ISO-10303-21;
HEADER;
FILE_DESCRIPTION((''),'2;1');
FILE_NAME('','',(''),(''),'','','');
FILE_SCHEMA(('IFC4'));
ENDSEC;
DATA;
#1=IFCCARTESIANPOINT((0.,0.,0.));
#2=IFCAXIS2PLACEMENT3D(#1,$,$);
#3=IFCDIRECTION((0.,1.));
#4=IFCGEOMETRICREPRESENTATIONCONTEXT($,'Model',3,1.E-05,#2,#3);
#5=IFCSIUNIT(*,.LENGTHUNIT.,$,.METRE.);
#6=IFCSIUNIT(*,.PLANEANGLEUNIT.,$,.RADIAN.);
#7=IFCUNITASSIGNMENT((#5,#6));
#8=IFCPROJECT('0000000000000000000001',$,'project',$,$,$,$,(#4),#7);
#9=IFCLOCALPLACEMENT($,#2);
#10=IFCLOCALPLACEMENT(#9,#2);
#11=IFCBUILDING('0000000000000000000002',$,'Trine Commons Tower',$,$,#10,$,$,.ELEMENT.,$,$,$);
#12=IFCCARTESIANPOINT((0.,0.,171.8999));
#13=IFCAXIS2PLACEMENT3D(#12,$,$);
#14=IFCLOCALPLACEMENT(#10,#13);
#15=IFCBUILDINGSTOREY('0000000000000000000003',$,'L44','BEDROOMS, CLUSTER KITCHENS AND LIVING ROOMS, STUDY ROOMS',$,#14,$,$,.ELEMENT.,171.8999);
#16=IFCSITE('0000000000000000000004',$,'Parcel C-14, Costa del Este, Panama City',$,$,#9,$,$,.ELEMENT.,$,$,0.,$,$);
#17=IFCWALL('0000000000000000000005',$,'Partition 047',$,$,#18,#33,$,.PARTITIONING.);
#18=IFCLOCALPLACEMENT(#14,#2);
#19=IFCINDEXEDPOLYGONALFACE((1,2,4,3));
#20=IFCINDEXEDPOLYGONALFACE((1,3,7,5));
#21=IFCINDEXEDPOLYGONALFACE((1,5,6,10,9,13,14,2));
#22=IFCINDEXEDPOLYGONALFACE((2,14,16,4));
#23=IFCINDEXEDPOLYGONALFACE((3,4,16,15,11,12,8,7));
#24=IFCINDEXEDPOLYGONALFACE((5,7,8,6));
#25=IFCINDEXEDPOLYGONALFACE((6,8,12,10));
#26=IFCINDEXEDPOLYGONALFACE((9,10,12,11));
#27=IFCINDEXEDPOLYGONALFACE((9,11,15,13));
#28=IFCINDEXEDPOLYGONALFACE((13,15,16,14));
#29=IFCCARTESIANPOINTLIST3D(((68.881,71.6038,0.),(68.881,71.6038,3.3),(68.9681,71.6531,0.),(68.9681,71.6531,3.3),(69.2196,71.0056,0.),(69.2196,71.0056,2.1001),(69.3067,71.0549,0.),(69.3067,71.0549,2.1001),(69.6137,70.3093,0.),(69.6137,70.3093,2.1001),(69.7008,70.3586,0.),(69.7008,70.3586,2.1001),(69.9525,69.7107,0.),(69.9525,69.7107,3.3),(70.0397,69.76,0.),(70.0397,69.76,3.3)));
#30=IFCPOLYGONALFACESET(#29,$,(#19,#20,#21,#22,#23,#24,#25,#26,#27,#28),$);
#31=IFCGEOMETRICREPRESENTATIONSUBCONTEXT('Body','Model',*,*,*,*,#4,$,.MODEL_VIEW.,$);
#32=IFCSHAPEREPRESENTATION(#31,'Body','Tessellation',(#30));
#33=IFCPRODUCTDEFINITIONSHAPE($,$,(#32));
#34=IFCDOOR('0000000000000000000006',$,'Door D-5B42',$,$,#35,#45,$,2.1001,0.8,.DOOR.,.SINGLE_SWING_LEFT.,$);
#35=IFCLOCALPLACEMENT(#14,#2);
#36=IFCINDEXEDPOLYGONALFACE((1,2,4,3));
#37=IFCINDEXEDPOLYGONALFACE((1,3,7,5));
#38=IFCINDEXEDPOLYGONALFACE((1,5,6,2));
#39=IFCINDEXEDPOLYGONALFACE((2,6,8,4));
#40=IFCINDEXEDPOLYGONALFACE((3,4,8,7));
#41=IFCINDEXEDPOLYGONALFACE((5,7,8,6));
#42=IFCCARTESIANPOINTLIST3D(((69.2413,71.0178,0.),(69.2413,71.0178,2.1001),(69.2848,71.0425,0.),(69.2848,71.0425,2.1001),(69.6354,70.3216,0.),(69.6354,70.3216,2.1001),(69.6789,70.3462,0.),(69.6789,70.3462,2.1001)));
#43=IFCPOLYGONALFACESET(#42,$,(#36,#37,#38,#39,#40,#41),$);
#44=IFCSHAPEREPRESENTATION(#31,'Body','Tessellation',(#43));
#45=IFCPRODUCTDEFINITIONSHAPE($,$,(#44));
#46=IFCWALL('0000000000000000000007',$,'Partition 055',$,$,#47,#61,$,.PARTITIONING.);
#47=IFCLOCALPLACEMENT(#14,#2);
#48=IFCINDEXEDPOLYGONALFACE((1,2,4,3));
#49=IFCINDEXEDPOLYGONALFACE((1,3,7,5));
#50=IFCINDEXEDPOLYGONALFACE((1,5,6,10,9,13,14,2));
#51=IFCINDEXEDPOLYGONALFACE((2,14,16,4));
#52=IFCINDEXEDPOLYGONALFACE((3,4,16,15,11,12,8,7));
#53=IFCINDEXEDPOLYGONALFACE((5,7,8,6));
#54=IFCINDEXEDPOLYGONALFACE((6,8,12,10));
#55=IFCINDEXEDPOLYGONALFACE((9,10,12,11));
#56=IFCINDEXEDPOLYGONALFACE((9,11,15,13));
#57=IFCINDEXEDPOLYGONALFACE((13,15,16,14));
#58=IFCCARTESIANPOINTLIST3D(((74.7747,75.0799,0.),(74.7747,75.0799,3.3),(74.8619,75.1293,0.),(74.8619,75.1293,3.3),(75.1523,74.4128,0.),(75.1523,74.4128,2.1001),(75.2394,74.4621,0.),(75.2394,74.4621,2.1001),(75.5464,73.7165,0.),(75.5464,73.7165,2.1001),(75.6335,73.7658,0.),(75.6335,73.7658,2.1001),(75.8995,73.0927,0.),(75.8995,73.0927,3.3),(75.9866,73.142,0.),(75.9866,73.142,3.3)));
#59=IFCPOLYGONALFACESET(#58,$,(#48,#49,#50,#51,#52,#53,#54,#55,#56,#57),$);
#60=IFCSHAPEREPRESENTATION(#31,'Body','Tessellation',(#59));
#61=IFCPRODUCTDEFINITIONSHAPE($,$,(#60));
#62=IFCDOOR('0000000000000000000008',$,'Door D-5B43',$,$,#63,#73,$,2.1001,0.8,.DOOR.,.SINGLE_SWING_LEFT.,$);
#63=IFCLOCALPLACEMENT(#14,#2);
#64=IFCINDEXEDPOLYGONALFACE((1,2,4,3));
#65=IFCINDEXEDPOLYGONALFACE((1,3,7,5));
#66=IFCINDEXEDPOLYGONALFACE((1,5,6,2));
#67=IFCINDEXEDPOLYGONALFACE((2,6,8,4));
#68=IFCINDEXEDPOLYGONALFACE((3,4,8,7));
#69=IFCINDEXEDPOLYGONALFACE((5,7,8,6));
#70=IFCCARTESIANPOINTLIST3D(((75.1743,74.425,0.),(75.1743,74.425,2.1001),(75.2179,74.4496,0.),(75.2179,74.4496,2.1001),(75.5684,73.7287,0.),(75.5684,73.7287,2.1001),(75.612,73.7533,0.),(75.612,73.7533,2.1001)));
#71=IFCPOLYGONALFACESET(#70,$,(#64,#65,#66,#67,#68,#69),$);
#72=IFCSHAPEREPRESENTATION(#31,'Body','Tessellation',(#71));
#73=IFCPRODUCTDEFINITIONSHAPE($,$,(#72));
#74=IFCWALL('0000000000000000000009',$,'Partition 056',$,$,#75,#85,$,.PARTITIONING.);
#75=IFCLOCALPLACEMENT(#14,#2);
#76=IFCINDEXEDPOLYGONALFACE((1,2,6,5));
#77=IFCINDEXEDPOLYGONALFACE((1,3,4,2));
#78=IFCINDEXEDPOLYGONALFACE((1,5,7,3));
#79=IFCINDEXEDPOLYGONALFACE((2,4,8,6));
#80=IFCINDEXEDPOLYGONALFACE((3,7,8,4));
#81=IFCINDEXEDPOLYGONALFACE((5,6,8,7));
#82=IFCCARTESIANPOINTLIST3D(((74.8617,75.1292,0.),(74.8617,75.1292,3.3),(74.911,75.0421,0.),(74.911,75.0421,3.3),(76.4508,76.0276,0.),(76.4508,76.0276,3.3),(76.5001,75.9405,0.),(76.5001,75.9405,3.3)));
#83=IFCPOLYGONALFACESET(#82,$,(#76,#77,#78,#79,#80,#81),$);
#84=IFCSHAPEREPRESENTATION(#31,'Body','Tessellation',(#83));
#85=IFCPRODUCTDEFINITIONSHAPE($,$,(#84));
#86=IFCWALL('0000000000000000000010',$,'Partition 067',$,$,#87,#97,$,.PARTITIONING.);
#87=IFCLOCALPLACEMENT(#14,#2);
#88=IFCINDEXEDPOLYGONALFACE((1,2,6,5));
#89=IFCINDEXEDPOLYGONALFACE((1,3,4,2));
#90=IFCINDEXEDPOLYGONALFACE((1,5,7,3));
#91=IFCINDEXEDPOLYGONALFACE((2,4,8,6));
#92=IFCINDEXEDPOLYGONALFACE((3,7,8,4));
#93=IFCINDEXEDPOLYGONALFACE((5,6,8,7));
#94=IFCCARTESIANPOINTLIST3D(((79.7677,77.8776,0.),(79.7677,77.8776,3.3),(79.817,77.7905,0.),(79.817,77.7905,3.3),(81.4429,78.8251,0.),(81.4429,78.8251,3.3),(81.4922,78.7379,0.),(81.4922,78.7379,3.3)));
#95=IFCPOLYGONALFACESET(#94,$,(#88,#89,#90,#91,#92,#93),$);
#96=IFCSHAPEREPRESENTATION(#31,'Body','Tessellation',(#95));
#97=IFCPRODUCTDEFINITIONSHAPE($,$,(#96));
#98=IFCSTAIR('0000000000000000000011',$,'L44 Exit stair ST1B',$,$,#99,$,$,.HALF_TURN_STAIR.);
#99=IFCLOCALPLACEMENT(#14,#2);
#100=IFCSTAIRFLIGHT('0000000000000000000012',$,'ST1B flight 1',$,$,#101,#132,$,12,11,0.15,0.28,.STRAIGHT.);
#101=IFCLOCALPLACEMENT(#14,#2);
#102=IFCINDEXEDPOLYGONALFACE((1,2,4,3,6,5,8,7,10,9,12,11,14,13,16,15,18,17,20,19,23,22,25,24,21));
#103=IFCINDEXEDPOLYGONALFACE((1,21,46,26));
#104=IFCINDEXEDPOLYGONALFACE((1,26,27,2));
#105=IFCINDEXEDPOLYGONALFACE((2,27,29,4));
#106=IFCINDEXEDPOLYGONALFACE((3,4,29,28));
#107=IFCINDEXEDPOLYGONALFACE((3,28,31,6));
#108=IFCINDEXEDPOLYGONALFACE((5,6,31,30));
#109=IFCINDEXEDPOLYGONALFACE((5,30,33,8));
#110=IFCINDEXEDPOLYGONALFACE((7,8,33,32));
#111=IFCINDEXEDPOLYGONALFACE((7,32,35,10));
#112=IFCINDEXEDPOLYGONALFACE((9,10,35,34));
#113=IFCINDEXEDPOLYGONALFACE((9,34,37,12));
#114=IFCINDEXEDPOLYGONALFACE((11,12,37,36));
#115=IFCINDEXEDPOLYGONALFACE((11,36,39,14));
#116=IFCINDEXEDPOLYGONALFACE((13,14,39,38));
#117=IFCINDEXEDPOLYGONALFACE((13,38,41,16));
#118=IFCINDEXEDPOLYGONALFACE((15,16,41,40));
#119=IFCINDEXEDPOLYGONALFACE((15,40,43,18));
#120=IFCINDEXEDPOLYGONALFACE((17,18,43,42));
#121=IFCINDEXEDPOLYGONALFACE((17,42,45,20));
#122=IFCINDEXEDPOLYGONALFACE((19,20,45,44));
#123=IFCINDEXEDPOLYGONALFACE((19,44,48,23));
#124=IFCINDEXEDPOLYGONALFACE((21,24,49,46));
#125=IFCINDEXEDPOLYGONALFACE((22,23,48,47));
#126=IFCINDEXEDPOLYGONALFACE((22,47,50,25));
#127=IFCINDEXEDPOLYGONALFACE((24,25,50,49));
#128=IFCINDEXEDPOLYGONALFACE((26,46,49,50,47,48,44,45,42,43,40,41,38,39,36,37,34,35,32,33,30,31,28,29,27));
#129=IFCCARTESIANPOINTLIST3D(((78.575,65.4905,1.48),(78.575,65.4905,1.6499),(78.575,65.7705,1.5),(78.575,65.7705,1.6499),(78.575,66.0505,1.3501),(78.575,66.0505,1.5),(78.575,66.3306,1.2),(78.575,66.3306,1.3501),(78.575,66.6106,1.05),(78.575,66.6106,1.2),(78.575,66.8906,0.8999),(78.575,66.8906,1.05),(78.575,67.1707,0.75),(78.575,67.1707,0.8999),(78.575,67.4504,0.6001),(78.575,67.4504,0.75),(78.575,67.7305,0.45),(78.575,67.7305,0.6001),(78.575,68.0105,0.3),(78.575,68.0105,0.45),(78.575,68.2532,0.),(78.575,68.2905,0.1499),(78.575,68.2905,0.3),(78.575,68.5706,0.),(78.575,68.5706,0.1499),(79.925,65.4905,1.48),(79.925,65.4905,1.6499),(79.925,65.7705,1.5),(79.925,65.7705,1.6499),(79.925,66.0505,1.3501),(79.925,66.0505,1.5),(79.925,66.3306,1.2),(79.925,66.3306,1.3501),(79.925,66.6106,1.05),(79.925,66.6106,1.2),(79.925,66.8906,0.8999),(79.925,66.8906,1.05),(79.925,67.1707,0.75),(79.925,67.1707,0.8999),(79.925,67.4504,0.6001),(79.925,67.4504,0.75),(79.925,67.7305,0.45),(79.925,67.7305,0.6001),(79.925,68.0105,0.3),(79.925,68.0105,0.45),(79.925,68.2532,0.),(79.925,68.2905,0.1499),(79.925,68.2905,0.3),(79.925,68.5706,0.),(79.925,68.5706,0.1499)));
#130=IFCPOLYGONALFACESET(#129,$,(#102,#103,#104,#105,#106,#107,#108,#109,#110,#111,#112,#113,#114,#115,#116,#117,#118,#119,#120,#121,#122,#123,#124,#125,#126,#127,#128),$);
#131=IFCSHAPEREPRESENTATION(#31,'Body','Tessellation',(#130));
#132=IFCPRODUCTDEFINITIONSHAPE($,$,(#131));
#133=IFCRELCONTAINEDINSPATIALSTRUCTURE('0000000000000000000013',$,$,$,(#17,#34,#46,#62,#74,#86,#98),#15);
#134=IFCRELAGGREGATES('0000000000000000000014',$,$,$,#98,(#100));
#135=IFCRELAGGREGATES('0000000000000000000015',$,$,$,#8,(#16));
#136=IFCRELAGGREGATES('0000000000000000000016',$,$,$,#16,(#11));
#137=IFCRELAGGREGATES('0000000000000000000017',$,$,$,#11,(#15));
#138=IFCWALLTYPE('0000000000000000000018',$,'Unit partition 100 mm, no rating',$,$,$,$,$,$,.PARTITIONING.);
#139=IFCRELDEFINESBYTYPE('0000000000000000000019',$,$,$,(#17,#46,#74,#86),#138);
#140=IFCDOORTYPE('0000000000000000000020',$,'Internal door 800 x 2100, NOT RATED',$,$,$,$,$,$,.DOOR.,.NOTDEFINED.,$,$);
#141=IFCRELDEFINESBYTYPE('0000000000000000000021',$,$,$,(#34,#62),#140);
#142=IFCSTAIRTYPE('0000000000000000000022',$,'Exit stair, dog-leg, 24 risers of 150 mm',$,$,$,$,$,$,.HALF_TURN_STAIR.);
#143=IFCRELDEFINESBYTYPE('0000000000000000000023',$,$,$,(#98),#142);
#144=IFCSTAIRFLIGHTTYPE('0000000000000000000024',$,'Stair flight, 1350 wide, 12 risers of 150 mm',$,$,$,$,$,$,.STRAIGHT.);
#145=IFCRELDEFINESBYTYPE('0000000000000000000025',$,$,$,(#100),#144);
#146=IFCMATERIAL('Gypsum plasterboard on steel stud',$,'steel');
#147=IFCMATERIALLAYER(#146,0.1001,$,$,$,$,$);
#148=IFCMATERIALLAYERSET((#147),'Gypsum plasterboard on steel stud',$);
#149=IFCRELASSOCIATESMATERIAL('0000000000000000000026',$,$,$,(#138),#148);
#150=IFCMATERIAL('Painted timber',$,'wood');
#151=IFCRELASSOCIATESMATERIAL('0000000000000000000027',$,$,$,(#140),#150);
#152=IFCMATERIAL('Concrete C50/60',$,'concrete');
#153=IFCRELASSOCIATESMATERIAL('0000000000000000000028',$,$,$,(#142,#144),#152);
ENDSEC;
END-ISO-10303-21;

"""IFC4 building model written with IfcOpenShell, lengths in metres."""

from ifc_helpers import new_model, si_unit, direction, frame, frame_2d, origin, place, context, subcontext, project, spatial, polyline, rectangle, outline, extrude, material, layer, layer_set, type_object, element, fill, aggregate, save


model = new_model("IFC4")

# Units and contexts
model_context = context("Model", 3, precision=1e-05, world=origin(), true_north=direction((0.0, 1.0)))
body_context = subcontext(model_context, "Body", "Model", "MODEL_VIEW")
ifc_project = project(units=[si_unit("LENGTHUNIT", "METRE"), si_unit("PLANEANGLEUNIT", "RADIAN")], contexts=[model_context])

# Site, building, storey
site_placement = place(None, origin())
site = spatial("IfcSite", under=ifc_project, at=site_placement, Name="Parcel C-14, Costa del Este, Panama City", CompositionType="ELEMENT", RefElevation=0.0)
building_placement = place(site_placement, origin())
building = spatial("IfcBuilding", under=site, at=building_placement, Name="Trine Commons Tower", CompositionType="ELEMENT")
storey_placement = place(building_placement, frame((0.0, 0.0, 171.8999)))
storey = spatial("IfcBuildingStorey", under=building, at=storey_placement, Name="L44", Description="BEDROOMS, CLUSTER KITCHENS AND LIVING ROOMS, STUDY ROOMS", CompositionType="ELEMENT", Elevation=171.8999)

# Shared definitions
ifc_material_1 = material(Name="Gypsum plasterboard on steel stud", Category="steel")

# Shared definitions
ifc_material_2 = material(Name="Painted timber", Category="wood")

# Shared definitions
ifc_layer_1 = layer(ifc_material_1, 0.1001)
ifc_layer_set_1 = layer_set([ifc_layer_1], Name="Gypsum plasterboard on steel stud")
wall_type_1 = type_object("IfcWallType", Name="Unit partition 100 mm, no rating", PredefinedType="PARTITIONING", material=ifc_layer_set_1)

# Walls, openings, doors
wall_1_placement = place(storey_placement, frame((68.9246, 71.6284, 0.0), z_axis=(0.0, 0.0, 1.0), x_axis=(0.492593, -0.87026, 0.0)))
wall_1 = element("IfcWall", 1, at=wall_1_placement, inside=storey, type_object=wall_type_1, Name="Partition 047", PredefinedType="PARTITIONING", context=body_context, shape_type="SweptSolid", body=[
    extrude(rectangle(XDim=2.1753, YDim=0.1001, at=frame_2d((1.0876, 0.0))), origin(), (0.0, 0.0, 1.0), 3.3),
])
opening_1_placement = place(wall_1_placement, frame((0.6875, 0.0, 0.0)))
opening_1 = element("IfcOpeningElement", 2, at=opening_1_placement, cuts=wall_1, PredefinedType="OPENING", context=body_context, shape_type="SweptSolid", body=[
    extrude(rectangle(XDim=0.8, YDim=2.1001, at=frame_2d((0.3999, 1.05))), frame((0.0, 0.0601, 0.0), z_axis=(0.0, -1.0, 0.0), x_axis=(1.0, 0.0, 0.0)), (0.0, 0.0, 1.0), 0.1201),
])
door_type_1 = type_object("IfcDoorType", Name="Internal door 800 x 2100, NOT RATED", OperationType="NOTDEFINED", PredefinedType="DOOR", material=ifc_material_2)
door_1_placement = place(opening_1_placement, origin())
door_1 = element("IfcDoor", 3, at=door_1_placement, inside=storey, type_object=door_type_1, Name="Door D-5B42", OperationType="SINGLE_SWING_LEFT", OverallHeight=2.1001, OverallWidth=0.8, PredefinedType="DOOR", context=body_context, shape_type="SweptSolid", body=[
    extrude(rectangle(XDim=0.8, YDim=2.1001, at=frame_2d((0.3999, 1.05))), frame((0.0, 0.0249, 0.0), z_axis=(0.0, -1.0, 0.0), x_axis=(1.0, 0.0, 0.0)), (0.0, 0.0, 1.0), 0.05),
])
fill(opening_1, door_1)
wall_2_placement = place(storey_placement, frame((74.8184, 75.1045, 0.0), z_axis=(0.0, 0.0, 1.0), x_axis=(0.492554, -0.870282, 0.0)))
wall_2 = element("IfcWall", 4, at=wall_2_placement, inside=storey, type_object=wall_type_1, Name="Partition 055", PredefinedType="PARTITIONING", context=body_context, shape_type="SweptSolid", body=[
    extrude(rectangle(XDim=2.2834, YDim=0.1001, at=frame_2d((1.1416, 0.0))), origin(), (0.0, 0.0, 1.0), 3.3),
])
opening_2_placement = place(wall_2_placement, frame((0.7666, 0.0, 0.0)))
opening_2 = element("IfcOpeningElement", 5, at=opening_2_placement, cuts=wall_2, PredefinedType="OPENING", context=body_context, shape_type="SweptSolid", body=[
    extrude(rectangle(XDim=0.8, YDim=2.1001, at=frame_2d((0.3999, 1.05))), frame((0.0, 0.0601, 0.0), z_axis=(0.0, -1.0, 0.0), x_axis=(1.0, 0.0, 0.0)), (0.0, 0.0, 1.0), 0.1201),
])
door_2_placement = place(opening_2_placement, frame((0.8, 0.0, 0.0), z_axis=(0.0, 0.0, 1.0), x_axis=(-1.0, 0.0, 0.0)))
door_2 = element("IfcDoor", 6, at=door_2_placement, inside=storey, type_object=door_type_1, Name="Door D-5B43", OperationType="SINGLE_SWING_LEFT", OverallHeight=2.1001, OverallWidth=0.8, PredefinedType="DOOR", context=body_context, shape_type="SweptSolid", body=[
    extrude(rectangle(XDim=0.8, YDim=2.1001, at=frame_2d((0.3999, 1.05))), frame((0.0, 0.0249, 0.0), z_axis=(0.0, -1.0, 0.0), x_axis=(1.0, 0.0, 0.0)), (0.0, 0.0, 1.0), 0.05),
])
fill(opening_2, door_2)

# Walls
wall_3_placement = place(storey_placement, frame((74.8865, 75.0857, 0.0), z_axis=(0.0, 0.0, 1.0), x_axis=(0.870506, 0.492159, 0.0)))
element("IfcWall", 7, at=wall_3_placement, inside=storey, type_object=wall_type_1, Name="Partition 056", PredefinedType="PARTITIONING", context=body_context, shape_type="SweptSolid", body=[
    extrude(rectangle(XDim=1.8254, YDim=0.1001, at=frame_2d((0.9126, 0.0))), origin(), (0.0, 0.0, 1.0), 3.3),
])
wall_4_placement = place(storey_placement, frame((79.7922, 77.834, 0.0), z_axis=(0.0, 0.0, 1.0), x_axis=(0.870428, 0.492295, 0.0)))
element("IfcWall", 8, at=wall_4_placement, inside=storey, type_object=wall_type_1, Name="Partition 067", PredefinedType="PARTITIONING", context=body_context, shape_type="SweptSolid", body=[
    extrude(rectangle(XDim=1.9246, YDim=0.1001, at=frame_2d((0.9624, 0.0))), origin(), (0.0, 0.0, 1.0), 3.3),
])

# Stair, stair flight
ifc_material_3 = material(Name="Concrete C50/60", Category="concrete")
stair_type = type_object("IfcStairType", Name="Exit stair, dog-leg, 24 risers of 150 mm", PredefinedType="HALF_TURN_STAIR", material=ifc_material_3)
stair_placement = place(storey_placement, origin())
stair = element("IfcStair", 9, at=stair_placement, inside=storey, type_object=stair_type, Name="L44 Exit stair ST1B", PredefinedType="HALF_TURN_STAIR")
stair_flight_type = type_object("IfcStairFlightType", Name="Stair flight, 1350 wide, 12 risers of 150 mm", PredefinedType="STRAIGHT", material=ifc_material_3)
stair_flight_placement = place(storey_placement, frame((79.25, 68.5706, 0.0), z_axis=(0.0, 0.0, 1.0), x_axis=(0.0, -1.0, 0.0)))
stair_flight = element("IfcStairFlight", 10, at=stair_flight_placement, type_object=stair_flight_type, Name="ST1B flight 1", NumberOfRisers=12, NumberOfTreads=11, PredefinedType="STRAIGHT", RiserHeight=0.15, TreadLength=0.28, context=body_context, shape_type="SweptSolid", body=[
    extrude(outline(polyline([(0.0, 0.0), (0.0, 0.1499), (0.28, 0.1499), (0.28, 0.3), (0.5601, 0.3), (0.5601, 0.45), (0.8401, 0.45), (0.8401, 0.6001), (1.1201, 0.6001), (1.1201, 0.75), (1.3999, 0.75), (1.3999, 0.8999), (1.6799, 0.8999), (1.6799, 1.05), (1.96, 1.05), (1.96, 1.2), (2.24, 1.2), (2.24, 1.3501), (2.52, 1.3501), (2.52, 1.5), (2.8, 1.5), (2.8, 1.6499), (3.0801, 1.6499), (3.0801, 1.8), (3.0801, 1.48), (0.3174, 0.0), (0.0, 0.0)])), frame((0.0, 0.675, 0.0), z_axis=(0.0, -1.0, 0.0), x_axis=(1.0, 0.0, 0.0)), (0.0, 0.0, 1.0), 1.3501),
])
aggregate(stair, [stair_flight])

save(model, "model.ifc")
